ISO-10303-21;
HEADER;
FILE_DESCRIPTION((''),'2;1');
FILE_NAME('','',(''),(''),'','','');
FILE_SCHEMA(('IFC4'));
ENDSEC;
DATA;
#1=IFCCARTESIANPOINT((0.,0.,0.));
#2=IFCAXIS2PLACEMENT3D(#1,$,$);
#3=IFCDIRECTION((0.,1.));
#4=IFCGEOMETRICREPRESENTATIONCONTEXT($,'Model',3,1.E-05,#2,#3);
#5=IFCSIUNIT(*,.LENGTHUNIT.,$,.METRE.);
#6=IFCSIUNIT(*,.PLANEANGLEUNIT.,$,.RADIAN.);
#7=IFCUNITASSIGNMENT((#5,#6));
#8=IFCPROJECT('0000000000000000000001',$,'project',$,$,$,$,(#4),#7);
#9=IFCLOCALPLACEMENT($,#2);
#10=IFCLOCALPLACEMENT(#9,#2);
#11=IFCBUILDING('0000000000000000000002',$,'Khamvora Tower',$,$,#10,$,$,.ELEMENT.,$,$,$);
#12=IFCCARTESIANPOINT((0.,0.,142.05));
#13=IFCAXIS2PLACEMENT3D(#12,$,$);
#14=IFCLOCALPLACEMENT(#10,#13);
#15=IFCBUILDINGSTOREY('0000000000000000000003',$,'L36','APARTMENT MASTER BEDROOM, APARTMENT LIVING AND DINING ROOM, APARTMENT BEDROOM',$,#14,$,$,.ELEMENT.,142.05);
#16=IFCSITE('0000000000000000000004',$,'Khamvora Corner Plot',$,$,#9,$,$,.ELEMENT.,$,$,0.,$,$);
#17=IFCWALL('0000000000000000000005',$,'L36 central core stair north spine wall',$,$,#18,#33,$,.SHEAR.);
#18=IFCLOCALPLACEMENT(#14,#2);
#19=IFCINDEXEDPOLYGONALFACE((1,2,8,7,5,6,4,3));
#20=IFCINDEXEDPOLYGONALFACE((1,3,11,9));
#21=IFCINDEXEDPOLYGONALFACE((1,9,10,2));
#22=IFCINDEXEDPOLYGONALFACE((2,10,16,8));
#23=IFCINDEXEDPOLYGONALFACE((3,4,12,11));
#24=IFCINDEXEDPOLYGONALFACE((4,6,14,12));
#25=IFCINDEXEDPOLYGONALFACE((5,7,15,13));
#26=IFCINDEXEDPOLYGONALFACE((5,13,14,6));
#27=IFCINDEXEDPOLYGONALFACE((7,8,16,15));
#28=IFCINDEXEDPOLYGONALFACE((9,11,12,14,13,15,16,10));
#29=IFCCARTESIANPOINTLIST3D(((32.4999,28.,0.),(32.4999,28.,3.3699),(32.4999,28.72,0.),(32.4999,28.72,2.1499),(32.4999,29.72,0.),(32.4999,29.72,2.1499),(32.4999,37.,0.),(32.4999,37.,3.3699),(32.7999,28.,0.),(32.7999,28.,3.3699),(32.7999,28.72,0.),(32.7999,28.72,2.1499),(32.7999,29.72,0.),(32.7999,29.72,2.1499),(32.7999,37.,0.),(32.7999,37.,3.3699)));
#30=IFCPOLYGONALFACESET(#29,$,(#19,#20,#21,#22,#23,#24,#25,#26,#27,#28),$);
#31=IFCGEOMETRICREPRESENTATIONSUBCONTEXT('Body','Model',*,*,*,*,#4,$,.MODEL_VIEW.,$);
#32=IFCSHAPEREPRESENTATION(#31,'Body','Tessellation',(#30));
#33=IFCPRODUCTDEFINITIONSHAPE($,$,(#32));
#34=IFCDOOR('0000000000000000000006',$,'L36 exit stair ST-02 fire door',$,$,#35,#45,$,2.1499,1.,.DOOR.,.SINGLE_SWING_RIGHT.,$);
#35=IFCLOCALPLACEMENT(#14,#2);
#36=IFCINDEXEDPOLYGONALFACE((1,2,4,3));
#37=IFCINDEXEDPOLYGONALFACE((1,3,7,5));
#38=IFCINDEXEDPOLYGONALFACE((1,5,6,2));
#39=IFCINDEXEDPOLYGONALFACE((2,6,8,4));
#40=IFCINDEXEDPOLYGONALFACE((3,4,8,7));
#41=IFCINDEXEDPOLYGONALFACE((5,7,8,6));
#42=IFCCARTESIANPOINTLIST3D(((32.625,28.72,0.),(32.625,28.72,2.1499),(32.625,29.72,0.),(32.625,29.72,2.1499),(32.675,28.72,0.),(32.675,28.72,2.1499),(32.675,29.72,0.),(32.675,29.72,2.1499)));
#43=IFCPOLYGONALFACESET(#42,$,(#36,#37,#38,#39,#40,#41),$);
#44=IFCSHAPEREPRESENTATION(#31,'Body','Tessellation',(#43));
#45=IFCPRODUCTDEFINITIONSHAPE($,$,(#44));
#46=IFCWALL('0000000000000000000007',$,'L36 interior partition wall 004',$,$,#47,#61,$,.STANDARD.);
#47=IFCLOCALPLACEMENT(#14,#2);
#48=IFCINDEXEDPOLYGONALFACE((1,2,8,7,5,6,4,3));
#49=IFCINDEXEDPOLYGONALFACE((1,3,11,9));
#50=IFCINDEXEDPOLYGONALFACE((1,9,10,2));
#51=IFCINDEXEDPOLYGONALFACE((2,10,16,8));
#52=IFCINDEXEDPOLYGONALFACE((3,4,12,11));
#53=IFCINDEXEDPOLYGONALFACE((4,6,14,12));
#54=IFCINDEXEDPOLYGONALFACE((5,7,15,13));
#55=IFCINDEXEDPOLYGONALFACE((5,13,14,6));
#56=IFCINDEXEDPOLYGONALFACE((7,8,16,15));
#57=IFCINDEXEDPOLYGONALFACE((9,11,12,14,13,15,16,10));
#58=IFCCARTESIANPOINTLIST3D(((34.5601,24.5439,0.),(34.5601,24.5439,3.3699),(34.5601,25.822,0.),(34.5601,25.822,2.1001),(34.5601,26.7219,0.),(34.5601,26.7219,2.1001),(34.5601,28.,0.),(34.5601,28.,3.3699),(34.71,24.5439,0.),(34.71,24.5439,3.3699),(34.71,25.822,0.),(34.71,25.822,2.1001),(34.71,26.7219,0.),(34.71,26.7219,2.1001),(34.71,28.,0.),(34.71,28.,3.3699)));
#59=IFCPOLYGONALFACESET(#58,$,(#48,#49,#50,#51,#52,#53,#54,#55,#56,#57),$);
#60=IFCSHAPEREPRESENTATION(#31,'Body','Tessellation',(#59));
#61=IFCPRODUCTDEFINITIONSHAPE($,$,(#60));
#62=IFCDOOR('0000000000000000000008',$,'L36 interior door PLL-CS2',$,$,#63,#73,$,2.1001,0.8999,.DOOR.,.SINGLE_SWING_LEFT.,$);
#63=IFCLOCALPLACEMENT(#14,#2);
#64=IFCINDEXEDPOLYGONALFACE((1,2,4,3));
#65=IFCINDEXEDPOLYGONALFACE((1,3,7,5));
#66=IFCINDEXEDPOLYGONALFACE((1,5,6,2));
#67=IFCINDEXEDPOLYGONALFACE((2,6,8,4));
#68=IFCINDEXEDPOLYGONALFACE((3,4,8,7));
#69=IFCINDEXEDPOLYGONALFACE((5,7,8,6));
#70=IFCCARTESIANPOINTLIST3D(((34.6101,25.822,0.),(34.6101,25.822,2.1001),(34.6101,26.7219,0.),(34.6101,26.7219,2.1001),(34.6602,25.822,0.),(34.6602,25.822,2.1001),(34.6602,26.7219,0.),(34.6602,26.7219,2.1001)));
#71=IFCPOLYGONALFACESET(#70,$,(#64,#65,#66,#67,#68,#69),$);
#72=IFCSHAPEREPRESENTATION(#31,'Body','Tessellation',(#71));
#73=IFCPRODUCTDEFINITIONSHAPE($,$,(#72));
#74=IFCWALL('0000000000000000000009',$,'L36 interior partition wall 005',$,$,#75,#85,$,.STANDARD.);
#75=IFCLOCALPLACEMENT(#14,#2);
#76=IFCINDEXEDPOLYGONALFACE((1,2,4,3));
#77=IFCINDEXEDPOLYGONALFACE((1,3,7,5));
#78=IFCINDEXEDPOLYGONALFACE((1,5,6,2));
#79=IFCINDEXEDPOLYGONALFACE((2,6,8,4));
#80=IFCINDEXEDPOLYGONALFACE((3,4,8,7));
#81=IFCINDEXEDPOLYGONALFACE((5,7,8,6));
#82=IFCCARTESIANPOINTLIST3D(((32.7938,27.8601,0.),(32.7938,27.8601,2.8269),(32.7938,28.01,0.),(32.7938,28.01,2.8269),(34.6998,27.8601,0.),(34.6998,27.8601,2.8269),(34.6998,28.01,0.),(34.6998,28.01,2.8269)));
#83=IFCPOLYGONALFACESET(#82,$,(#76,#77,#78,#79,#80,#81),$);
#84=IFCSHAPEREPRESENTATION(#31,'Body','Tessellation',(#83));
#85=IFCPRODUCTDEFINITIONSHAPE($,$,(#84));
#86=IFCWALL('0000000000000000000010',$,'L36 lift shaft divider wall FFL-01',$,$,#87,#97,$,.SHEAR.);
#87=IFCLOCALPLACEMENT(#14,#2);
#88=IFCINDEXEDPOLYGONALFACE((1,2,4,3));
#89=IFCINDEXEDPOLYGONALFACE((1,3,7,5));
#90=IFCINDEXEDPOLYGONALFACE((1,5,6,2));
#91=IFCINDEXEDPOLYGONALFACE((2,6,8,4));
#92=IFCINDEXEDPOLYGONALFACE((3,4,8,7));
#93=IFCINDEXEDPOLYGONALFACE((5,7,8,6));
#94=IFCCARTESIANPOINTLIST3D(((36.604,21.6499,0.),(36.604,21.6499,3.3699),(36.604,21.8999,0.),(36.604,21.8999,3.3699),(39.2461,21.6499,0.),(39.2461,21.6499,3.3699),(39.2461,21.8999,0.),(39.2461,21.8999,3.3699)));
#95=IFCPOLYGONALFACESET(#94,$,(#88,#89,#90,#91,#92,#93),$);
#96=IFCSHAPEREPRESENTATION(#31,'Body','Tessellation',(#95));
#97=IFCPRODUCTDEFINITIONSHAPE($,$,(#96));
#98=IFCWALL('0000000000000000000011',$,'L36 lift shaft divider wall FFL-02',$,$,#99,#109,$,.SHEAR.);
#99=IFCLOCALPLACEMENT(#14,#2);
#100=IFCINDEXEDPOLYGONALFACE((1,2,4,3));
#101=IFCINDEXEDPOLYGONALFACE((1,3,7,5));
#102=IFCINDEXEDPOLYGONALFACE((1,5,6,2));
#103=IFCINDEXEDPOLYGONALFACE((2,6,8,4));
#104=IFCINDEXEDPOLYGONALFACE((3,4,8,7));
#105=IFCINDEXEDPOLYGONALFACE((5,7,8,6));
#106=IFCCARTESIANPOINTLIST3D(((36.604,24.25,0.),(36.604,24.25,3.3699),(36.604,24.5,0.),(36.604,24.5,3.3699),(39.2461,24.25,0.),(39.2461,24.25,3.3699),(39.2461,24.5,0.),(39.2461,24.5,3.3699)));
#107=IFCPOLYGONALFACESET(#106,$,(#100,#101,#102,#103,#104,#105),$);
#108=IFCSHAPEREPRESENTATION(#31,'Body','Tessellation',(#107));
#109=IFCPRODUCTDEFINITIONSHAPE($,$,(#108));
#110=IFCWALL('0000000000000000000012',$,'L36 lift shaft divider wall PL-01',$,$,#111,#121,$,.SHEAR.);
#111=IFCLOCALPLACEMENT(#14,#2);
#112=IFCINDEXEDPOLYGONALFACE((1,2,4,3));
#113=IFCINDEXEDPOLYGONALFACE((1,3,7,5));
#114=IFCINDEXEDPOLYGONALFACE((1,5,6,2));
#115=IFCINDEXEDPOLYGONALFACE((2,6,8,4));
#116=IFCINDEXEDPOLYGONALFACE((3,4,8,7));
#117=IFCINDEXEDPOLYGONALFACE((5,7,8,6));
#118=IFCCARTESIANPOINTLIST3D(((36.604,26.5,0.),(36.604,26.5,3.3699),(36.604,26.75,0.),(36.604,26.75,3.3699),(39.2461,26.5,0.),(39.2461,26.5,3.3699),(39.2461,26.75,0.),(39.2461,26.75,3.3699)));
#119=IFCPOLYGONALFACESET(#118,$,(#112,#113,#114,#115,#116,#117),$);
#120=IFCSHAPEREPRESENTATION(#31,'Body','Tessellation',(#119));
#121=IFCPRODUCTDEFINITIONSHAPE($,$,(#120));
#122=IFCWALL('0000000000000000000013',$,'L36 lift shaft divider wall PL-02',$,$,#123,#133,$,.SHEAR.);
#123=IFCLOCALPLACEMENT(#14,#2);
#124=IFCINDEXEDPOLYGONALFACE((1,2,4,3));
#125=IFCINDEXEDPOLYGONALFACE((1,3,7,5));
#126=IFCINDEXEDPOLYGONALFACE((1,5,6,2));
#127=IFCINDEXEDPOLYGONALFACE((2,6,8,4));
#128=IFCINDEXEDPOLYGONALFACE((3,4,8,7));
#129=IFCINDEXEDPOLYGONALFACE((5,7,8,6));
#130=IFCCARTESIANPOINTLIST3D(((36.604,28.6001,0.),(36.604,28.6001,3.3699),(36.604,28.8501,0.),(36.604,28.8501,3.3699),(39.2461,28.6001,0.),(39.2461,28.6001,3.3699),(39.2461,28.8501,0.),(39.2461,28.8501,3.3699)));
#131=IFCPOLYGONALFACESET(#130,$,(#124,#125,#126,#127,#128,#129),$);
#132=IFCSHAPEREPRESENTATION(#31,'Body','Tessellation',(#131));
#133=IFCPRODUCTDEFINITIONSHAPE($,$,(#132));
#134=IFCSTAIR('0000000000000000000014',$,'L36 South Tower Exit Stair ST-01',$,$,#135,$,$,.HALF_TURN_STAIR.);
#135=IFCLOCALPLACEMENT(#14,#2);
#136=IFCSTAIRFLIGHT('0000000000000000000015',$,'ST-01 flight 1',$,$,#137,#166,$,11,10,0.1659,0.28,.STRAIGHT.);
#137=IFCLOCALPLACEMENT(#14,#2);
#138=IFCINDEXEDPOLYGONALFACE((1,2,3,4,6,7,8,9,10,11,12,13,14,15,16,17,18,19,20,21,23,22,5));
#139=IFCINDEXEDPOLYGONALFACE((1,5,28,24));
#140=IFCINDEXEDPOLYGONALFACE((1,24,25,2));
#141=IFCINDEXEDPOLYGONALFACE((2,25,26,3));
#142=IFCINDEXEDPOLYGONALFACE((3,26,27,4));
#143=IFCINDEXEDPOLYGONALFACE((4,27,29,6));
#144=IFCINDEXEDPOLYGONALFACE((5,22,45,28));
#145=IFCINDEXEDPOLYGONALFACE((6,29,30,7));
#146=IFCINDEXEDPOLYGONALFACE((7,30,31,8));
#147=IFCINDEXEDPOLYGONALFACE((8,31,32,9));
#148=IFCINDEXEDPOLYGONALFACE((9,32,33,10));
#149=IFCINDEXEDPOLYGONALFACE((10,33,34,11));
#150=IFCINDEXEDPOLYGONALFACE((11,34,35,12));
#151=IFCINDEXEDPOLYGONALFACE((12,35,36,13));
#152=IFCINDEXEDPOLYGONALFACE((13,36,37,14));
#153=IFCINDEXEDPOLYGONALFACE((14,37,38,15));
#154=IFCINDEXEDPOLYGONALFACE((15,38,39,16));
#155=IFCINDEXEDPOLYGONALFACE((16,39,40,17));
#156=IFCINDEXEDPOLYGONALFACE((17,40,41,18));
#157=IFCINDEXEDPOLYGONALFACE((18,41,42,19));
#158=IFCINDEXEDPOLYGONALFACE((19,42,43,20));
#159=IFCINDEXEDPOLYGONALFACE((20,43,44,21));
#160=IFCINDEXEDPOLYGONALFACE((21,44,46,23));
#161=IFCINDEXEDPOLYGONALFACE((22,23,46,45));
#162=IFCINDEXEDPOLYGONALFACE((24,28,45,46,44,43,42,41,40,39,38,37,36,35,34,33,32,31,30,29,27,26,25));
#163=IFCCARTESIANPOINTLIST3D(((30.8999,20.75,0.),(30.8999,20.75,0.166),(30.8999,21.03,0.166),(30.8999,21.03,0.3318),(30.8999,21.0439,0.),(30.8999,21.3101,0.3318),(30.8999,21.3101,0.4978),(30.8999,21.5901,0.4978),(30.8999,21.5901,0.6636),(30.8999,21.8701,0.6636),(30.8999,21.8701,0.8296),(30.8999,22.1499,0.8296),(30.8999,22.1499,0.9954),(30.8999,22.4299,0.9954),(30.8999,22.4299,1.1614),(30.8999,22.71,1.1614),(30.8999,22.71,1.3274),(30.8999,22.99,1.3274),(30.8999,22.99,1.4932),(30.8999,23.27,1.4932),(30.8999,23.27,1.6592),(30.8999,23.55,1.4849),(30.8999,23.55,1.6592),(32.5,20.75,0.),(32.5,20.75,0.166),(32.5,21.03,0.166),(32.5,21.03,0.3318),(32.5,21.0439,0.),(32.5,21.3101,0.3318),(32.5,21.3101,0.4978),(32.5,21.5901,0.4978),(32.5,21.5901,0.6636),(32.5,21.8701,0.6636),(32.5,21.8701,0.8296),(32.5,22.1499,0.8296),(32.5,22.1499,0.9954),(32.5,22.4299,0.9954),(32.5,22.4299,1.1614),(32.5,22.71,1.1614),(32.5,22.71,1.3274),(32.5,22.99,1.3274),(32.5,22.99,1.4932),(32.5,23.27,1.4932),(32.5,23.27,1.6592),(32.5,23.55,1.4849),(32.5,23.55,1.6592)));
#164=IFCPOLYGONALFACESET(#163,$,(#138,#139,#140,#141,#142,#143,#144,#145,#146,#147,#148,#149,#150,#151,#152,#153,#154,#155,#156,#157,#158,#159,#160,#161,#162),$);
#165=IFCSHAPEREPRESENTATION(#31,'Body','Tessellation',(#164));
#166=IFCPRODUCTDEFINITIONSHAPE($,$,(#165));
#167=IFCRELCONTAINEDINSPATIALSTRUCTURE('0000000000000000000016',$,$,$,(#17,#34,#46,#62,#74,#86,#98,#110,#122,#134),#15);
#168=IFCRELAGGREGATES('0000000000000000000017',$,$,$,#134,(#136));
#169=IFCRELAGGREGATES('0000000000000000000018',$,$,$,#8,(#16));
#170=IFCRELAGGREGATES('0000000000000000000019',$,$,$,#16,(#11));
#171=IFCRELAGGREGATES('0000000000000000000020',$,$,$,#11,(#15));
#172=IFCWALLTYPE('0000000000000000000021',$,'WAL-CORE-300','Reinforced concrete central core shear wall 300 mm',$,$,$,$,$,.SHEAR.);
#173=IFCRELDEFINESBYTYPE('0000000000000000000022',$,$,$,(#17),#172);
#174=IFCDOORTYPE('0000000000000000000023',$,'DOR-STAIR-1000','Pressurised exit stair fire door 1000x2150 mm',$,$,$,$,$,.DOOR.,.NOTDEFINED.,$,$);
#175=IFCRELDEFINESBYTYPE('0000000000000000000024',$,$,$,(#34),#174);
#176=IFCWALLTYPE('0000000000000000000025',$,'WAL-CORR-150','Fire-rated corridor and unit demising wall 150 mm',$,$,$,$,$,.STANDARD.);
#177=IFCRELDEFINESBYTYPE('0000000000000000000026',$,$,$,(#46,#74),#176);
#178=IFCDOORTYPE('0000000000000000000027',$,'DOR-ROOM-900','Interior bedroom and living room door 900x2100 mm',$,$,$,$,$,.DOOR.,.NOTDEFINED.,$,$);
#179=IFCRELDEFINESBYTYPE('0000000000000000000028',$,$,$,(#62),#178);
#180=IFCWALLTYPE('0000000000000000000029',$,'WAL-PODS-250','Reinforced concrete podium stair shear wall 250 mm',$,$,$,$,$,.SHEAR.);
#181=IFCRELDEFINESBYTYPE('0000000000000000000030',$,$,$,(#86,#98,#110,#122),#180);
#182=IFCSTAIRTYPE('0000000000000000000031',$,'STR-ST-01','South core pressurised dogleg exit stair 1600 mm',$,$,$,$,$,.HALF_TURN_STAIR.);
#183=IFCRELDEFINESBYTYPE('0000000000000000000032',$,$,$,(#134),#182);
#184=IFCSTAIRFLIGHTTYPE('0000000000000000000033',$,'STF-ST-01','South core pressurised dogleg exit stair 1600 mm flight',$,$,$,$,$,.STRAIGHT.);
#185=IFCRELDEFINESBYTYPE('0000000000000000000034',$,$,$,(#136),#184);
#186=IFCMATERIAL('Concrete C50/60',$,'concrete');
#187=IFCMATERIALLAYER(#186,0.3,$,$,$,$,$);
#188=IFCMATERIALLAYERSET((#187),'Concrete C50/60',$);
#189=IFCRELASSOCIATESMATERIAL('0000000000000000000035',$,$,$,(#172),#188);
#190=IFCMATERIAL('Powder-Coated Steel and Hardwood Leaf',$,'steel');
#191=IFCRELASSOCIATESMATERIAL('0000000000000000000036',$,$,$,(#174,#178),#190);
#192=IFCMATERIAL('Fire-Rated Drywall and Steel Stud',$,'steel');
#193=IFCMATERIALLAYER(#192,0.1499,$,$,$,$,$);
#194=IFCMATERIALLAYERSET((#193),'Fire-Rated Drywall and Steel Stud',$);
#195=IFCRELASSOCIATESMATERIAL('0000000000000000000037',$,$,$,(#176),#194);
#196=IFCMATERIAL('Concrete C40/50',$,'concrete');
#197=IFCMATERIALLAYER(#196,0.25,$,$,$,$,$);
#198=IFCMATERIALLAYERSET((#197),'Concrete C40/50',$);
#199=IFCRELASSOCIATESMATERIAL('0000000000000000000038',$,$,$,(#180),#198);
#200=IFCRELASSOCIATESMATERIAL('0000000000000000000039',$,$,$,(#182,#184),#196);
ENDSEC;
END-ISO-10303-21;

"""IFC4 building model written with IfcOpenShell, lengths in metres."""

from ifc_helpers import new_model, si_unit, direction, frame, frame_2d, origin, place, context, subcontext, project, spatial, polyline, rectangle, outline, extrude, material, layer, layer_set, type_object, element, fill, aggregate, save


model = new_model("IFC4")

# Units and contexts
model_context = context("Model", 3, precision=1e-05, world=origin(), true_north=direction((0.0, 1.0)))
body_context = subcontext(model_context, "Body", "Model", "MODEL_VIEW")
ifc_project = project(units=[si_unit("LENGTHUNIT", "METRE"), si_unit("PLANEANGLEUNIT", "RADIAN")], contexts=[model_context])

# Site, building, storey
site_placement = place(None, origin())
site = spatial("IfcSite", under=ifc_project, at=site_placement, Name="Khamvora Corner Plot", CompositionType="ELEMENT", RefElevation=0.0)
building_placement = place(site_placement, origin())
building = spatial("IfcBuilding", under=site, at=building_placement, Name="Khamvora Tower", CompositionType="ELEMENT")
storey_placement = place(building_placement, frame((0.0, 0.0, 142.05)))
storey = spatial("IfcBuildingStorey", under=building, at=storey_placement, Name="L36", Description="APARTMENT MASTER BEDROOM, APARTMENT LIVING AND DINING ROOM, APARTMENT BEDROOM", CompositionType="ELEMENT", Elevation=142.05)

# Wall, opening, door
ifc_material_1 = material(Name="Concrete C50/60", Category="concrete")
ifc_layer_1 = layer(ifc_material_1, 0.3)
ifc_layer_set_1 = layer_set([ifc_layer_1], Name="Concrete C50/60")
wall_type_1 = type_object("IfcWallType", Name="WAL-CORE-300", Description="Reinforced concrete central core shear wall 300 mm", PredefinedType="SHEAR", material=ifc_layer_set_1)
wall_1_placement = place(storey_placement, frame((32.6499, 28.0, 0.0), z_axis=(0.0, 0.0, 1.0), x_axis=(0.0, 1.0, 0.0)))
wall_1 = element("IfcWall", 1, at=wall_1_placement, inside=storey, type_object=wall_type_1, Name="L36 central core stair north spine wall", PredefinedType="SHEAR", context=body_context, shape_type="SweptSolid", body=[
    extrude(rectangle(XDim=9.0, YDim=0.3, at=frame_2d((4.5, 0.0))), origin(), (0.0, 0.0, 1.0), 3.3699),
])
opening_1_placement = place(wall_1_placement, frame((0.72, 0.0, 0.0)))
opening_1 = element("IfcOpeningElement", 2, at=opening_1_placement, cuts=wall_1, PredefinedType="OPENING", context=body_context, shape_type="SweptSolid", body=[
    extrude(rectangle(XDim=1.0, YDim=2.1499, at=frame_2d((0.5, 1.075))), frame((0.0, 0.1599, 0.0), z_axis=(0.0, -1.0, 0.0), x_axis=(1.0, 0.0, 0.0)), (0.0, 0.0, 1.0), 0.3201),
])
ifc_material_2 = material(Name="Powder-Coated Steel and Hardwood Leaf", Category="steel")
door_type_1 = type_object("IfcDoorType", Name="DOR-STAIR-1000", Description="Pressurised exit stair fire door 1000x2150 mm", OperationType="NOTDEFINED", PredefinedType="DOOR", material=ifc_material_2)
door_1_placement = place(opening_1_placement, origin())
door_1 = element("IfcDoor", 3, at=door_1_placement, inside=storey, type_object=door_type_1, Name="L36 exit stair ST-02 fire door", OperationType="SINGLE_SWING_RIGHT", OverallHeight=2.1499, OverallWidth=1.0, PredefinedType="DOOR", context=body_context, shape_type="SweptSolid", body=[
    extrude(rectangle(XDim=1.0, YDim=2.1499, at=frame_2d((0.5, 1.075))), frame((0.0, 0.0249, 0.0), z_axis=(0.0, -1.0, 0.0), x_axis=(1.0, 0.0, 0.0)), (0.0, 0.0, 1.0), 0.05),
])
fill(opening_1, door_1)

# Wall, opening, door
ifc_material_3 = material(Name="Fire-Rated Drywall and Steel Stud", Category="steel")
ifc_layer_2 = layer(ifc_material_3, 0.1499)
ifc_layer_set_2 = layer_set([ifc_layer_2], Name="Fire-Rated Drywall and Steel Stud")
wall_type_2 = type_object("IfcWallType", Name="WAL-CORR-150", Description="Fire-rated corridor and unit demising wall 150 mm", PredefinedType="STANDARD", material=ifc_layer_set_2)
wall_2_placement = place(storey_placement, frame((34.635, 24.5439, 0.0), z_axis=(0.0, 0.0, 1.0), x_axis=(0.0, 1.0, 0.0)))
wall_2 = element("IfcWall", 4, at=wall_2_placement, inside=storey, type_object=wall_type_2, Name="L36 interior partition wall 004", PredefinedType="STANDARD", context=body_context, shape_type="SweptSolid", body=[
    extrude(rectangle(XDim=3.4561, YDim=0.1499, at=frame_2d((1.728, 0.0))), origin(), (0.0, 0.0, 1.0), 3.3699),
])
opening_2_placement = place(wall_2_placement, frame((1.2781, 0.0, 0.0)))
opening_2 = element("IfcOpeningElement", 5, at=opening_2_placement, cuts=wall_2, PredefinedType="OPENING", context=body_context, shape_type="SweptSolid", body=[
    extrude(rectangle(XDim=0.8999, YDim=2.1001, at=frame_2d((0.45, 1.05))), frame((0.0, 0.085, 0.0), z_axis=(0.0, -1.0, 0.0), x_axis=(1.0, 0.0, 0.0)), (0.0, 0.0, 1.0), 0.1699),
])
door_type_2 = type_object("IfcDoorType", Name="DOR-ROOM-900", Description="Interior bedroom and living room door 900x2100 mm", OperationType="NOTDEFINED", PredefinedType="DOOR", material=ifc_material_2)
door_2_placement = place(opening_2_placement, origin())
door_2 = element("IfcDoor", 6, at=door_2_placement, inside=storey, type_object=door_type_2, Name="L36 interior door PLL-CS2", OperationType="SINGLE_SWING_LEFT", OverallHeight=2.1001, OverallWidth=0.8999, PredefinedType="DOOR", context=body_context, shape_type="SweptSolid", body=[
    extrude(rectangle(XDim=0.8999, YDim=2.1001, at=frame_2d((0.45, 1.05))), frame((0.0, 0.0249, 0.0), z_axis=(0.0, -1.0, 0.0), x_axis=(1.0, 0.0, 0.0)), (0.0, 0.0, 1.0), 0.05),
])
fill(opening_2, door_2)

# Walls
wall_3_placement = place(storey_placement, frame((34.7, 27.9351, 0.0), z_axis=(0.0, 0.0, 1.0), x_axis=(-1.0, 0.0, 0.0)))
element("IfcWall", 7, at=wall_3_placement, inside=storey, type_object=wall_type_2, Name="L36 interior partition wall 005", PredefinedType="STANDARD", context=body_context, shape_type="SweptSolid", body=[
    extrude(rectangle(XDim=1.906, YDim=0.1499, at=frame_2d((0.9531, 0.0))), origin(), (0.0, 0.0, 1.0), 2.8269),
])
ifc_material_4 = material(Name="Concrete C40/50", Category="concrete")
ifc_layer_3 = layer(ifc_material_4, 0.25)
ifc_layer_set_3 = layer_set([ifc_layer_3], Name="Concrete C40/50")
wall_type_3 = type_object("IfcWallType", Name="WAL-PODS-250", Description="Reinforced concrete podium stair shear wall 250 mm", PredefinedType="SHEAR", material=ifc_layer_set_3)
for number, where, z_axis, x_axis, name in (
    (8, (36.604, 21.7749, 0.0), (0.0, 0.0, 1.0), (1.0, 0.0, 0.0), "L36 lift shaft divider wall FFL-01"),
    (9, (36.604, 24.375, 0.0), (0.0, 0.0, 1.0), (1.0, 0.0, 0.0), "L36 lift shaft divider wall FFL-02"),
    (10, (36.604, 26.625, 0.0), (0.0, 0.0, 1.0), (1.0, 0.0, 0.0), "L36 lift shaft divider wall PL-01"),
    (11, (36.604, 28.7251, 0.0), (0.0, 0.0, 1.0), (1.0, 0.0, 0.0), "L36 lift shaft divider wall PL-02"),
):
    element("IfcWall", number, at=place(storey_placement, frame(where, z_axis=z_axis, x_axis=x_axis)), inside=storey, type_object=wall_type_3, Name=name, PredefinedType="SHEAR", context=body_context, shape_type="SweptSolid", body=[
        extrude(rectangle(XDim=2.6421, YDim=0.25, at=frame_2d((1.321, 0.0))), origin(), (0.0, 0.0, 1.0), 3.3699),
    ])

# Stair, stair flight
stair_type = type_object("IfcStairType", Name="STR-ST-01", Description="South core pressurised dogleg exit stair 1600 mm", PredefinedType="HALF_TURN_STAIR", material=ifc_material_4)
stair_placement = place(storey_placement, origin())
stair = element("IfcStair", 12, at=stair_placement, inside=storey, type_object=stair_type, Name="L36 South Tower Exit Stair ST-01", PredefinedType="HALF_TURN_STAIR")
stair_flight_type = type_object("IfcStairFlightType", Name="STF-ST-01", Description="South core pressurised dogleg exit stair 1600 mm flight", PredefinedType="STRAIGHT", material=ifc_material_4)
stair_flight_placement = place(storey_placement, frame((31.7, 20.75, 0.0), z_axis=(0.0, 0.0, 1.0), x_axis=(0.0, 1.0, 0.0)))
stair_flight = element("IfcStairFlight", 13, at=stair_flight_placement, type_object=stair_flight_type, Name="ST-01 flight 1", NumberOfRisers=11, NumberOfTreads=10, PredefinedType="STRAIGHT", RiserHeight=0.1659, TreadLength=0.28, context=body_context, shape_type="SweptSolid", body=[
    extrude(outline(polyline([(0.0, 0.0), (0.0, 0.166), (0.28, 0.166), (0.28, 0.3318), (0.5601, 0.3318), (0.5601, 0.4978), (0.8401, 0.4978), (0.8401, 0.6636), (1.1201, 0.6636), (1.1201, 0.8296), (1.3999, 0.8296), (1.3999, 0.9954), (1.6799, 0.9954), (1.6799, 1.1614), (1.96, 1.1614), (1.96, 1.3274), (2.24, 1.3274), (2.24, 1.4932), (2.52, 1.4932), (2.52, 1.6592), (2.8, 1.6592), (2.8, 1.825), (2.8, 1.4849), (0.2939, 0.0), (0.0, 0.0)])), frame((0.0, 0.8, 0.0), z_axis=(0.0, -1.0, 0.0), x_axis=(1.0, 0.0, 0.0)), (0.0, 0.0, 1.0), 1.6001),
])
aggregate(stair, [stair_flight])

save(model, "model.ifc")
